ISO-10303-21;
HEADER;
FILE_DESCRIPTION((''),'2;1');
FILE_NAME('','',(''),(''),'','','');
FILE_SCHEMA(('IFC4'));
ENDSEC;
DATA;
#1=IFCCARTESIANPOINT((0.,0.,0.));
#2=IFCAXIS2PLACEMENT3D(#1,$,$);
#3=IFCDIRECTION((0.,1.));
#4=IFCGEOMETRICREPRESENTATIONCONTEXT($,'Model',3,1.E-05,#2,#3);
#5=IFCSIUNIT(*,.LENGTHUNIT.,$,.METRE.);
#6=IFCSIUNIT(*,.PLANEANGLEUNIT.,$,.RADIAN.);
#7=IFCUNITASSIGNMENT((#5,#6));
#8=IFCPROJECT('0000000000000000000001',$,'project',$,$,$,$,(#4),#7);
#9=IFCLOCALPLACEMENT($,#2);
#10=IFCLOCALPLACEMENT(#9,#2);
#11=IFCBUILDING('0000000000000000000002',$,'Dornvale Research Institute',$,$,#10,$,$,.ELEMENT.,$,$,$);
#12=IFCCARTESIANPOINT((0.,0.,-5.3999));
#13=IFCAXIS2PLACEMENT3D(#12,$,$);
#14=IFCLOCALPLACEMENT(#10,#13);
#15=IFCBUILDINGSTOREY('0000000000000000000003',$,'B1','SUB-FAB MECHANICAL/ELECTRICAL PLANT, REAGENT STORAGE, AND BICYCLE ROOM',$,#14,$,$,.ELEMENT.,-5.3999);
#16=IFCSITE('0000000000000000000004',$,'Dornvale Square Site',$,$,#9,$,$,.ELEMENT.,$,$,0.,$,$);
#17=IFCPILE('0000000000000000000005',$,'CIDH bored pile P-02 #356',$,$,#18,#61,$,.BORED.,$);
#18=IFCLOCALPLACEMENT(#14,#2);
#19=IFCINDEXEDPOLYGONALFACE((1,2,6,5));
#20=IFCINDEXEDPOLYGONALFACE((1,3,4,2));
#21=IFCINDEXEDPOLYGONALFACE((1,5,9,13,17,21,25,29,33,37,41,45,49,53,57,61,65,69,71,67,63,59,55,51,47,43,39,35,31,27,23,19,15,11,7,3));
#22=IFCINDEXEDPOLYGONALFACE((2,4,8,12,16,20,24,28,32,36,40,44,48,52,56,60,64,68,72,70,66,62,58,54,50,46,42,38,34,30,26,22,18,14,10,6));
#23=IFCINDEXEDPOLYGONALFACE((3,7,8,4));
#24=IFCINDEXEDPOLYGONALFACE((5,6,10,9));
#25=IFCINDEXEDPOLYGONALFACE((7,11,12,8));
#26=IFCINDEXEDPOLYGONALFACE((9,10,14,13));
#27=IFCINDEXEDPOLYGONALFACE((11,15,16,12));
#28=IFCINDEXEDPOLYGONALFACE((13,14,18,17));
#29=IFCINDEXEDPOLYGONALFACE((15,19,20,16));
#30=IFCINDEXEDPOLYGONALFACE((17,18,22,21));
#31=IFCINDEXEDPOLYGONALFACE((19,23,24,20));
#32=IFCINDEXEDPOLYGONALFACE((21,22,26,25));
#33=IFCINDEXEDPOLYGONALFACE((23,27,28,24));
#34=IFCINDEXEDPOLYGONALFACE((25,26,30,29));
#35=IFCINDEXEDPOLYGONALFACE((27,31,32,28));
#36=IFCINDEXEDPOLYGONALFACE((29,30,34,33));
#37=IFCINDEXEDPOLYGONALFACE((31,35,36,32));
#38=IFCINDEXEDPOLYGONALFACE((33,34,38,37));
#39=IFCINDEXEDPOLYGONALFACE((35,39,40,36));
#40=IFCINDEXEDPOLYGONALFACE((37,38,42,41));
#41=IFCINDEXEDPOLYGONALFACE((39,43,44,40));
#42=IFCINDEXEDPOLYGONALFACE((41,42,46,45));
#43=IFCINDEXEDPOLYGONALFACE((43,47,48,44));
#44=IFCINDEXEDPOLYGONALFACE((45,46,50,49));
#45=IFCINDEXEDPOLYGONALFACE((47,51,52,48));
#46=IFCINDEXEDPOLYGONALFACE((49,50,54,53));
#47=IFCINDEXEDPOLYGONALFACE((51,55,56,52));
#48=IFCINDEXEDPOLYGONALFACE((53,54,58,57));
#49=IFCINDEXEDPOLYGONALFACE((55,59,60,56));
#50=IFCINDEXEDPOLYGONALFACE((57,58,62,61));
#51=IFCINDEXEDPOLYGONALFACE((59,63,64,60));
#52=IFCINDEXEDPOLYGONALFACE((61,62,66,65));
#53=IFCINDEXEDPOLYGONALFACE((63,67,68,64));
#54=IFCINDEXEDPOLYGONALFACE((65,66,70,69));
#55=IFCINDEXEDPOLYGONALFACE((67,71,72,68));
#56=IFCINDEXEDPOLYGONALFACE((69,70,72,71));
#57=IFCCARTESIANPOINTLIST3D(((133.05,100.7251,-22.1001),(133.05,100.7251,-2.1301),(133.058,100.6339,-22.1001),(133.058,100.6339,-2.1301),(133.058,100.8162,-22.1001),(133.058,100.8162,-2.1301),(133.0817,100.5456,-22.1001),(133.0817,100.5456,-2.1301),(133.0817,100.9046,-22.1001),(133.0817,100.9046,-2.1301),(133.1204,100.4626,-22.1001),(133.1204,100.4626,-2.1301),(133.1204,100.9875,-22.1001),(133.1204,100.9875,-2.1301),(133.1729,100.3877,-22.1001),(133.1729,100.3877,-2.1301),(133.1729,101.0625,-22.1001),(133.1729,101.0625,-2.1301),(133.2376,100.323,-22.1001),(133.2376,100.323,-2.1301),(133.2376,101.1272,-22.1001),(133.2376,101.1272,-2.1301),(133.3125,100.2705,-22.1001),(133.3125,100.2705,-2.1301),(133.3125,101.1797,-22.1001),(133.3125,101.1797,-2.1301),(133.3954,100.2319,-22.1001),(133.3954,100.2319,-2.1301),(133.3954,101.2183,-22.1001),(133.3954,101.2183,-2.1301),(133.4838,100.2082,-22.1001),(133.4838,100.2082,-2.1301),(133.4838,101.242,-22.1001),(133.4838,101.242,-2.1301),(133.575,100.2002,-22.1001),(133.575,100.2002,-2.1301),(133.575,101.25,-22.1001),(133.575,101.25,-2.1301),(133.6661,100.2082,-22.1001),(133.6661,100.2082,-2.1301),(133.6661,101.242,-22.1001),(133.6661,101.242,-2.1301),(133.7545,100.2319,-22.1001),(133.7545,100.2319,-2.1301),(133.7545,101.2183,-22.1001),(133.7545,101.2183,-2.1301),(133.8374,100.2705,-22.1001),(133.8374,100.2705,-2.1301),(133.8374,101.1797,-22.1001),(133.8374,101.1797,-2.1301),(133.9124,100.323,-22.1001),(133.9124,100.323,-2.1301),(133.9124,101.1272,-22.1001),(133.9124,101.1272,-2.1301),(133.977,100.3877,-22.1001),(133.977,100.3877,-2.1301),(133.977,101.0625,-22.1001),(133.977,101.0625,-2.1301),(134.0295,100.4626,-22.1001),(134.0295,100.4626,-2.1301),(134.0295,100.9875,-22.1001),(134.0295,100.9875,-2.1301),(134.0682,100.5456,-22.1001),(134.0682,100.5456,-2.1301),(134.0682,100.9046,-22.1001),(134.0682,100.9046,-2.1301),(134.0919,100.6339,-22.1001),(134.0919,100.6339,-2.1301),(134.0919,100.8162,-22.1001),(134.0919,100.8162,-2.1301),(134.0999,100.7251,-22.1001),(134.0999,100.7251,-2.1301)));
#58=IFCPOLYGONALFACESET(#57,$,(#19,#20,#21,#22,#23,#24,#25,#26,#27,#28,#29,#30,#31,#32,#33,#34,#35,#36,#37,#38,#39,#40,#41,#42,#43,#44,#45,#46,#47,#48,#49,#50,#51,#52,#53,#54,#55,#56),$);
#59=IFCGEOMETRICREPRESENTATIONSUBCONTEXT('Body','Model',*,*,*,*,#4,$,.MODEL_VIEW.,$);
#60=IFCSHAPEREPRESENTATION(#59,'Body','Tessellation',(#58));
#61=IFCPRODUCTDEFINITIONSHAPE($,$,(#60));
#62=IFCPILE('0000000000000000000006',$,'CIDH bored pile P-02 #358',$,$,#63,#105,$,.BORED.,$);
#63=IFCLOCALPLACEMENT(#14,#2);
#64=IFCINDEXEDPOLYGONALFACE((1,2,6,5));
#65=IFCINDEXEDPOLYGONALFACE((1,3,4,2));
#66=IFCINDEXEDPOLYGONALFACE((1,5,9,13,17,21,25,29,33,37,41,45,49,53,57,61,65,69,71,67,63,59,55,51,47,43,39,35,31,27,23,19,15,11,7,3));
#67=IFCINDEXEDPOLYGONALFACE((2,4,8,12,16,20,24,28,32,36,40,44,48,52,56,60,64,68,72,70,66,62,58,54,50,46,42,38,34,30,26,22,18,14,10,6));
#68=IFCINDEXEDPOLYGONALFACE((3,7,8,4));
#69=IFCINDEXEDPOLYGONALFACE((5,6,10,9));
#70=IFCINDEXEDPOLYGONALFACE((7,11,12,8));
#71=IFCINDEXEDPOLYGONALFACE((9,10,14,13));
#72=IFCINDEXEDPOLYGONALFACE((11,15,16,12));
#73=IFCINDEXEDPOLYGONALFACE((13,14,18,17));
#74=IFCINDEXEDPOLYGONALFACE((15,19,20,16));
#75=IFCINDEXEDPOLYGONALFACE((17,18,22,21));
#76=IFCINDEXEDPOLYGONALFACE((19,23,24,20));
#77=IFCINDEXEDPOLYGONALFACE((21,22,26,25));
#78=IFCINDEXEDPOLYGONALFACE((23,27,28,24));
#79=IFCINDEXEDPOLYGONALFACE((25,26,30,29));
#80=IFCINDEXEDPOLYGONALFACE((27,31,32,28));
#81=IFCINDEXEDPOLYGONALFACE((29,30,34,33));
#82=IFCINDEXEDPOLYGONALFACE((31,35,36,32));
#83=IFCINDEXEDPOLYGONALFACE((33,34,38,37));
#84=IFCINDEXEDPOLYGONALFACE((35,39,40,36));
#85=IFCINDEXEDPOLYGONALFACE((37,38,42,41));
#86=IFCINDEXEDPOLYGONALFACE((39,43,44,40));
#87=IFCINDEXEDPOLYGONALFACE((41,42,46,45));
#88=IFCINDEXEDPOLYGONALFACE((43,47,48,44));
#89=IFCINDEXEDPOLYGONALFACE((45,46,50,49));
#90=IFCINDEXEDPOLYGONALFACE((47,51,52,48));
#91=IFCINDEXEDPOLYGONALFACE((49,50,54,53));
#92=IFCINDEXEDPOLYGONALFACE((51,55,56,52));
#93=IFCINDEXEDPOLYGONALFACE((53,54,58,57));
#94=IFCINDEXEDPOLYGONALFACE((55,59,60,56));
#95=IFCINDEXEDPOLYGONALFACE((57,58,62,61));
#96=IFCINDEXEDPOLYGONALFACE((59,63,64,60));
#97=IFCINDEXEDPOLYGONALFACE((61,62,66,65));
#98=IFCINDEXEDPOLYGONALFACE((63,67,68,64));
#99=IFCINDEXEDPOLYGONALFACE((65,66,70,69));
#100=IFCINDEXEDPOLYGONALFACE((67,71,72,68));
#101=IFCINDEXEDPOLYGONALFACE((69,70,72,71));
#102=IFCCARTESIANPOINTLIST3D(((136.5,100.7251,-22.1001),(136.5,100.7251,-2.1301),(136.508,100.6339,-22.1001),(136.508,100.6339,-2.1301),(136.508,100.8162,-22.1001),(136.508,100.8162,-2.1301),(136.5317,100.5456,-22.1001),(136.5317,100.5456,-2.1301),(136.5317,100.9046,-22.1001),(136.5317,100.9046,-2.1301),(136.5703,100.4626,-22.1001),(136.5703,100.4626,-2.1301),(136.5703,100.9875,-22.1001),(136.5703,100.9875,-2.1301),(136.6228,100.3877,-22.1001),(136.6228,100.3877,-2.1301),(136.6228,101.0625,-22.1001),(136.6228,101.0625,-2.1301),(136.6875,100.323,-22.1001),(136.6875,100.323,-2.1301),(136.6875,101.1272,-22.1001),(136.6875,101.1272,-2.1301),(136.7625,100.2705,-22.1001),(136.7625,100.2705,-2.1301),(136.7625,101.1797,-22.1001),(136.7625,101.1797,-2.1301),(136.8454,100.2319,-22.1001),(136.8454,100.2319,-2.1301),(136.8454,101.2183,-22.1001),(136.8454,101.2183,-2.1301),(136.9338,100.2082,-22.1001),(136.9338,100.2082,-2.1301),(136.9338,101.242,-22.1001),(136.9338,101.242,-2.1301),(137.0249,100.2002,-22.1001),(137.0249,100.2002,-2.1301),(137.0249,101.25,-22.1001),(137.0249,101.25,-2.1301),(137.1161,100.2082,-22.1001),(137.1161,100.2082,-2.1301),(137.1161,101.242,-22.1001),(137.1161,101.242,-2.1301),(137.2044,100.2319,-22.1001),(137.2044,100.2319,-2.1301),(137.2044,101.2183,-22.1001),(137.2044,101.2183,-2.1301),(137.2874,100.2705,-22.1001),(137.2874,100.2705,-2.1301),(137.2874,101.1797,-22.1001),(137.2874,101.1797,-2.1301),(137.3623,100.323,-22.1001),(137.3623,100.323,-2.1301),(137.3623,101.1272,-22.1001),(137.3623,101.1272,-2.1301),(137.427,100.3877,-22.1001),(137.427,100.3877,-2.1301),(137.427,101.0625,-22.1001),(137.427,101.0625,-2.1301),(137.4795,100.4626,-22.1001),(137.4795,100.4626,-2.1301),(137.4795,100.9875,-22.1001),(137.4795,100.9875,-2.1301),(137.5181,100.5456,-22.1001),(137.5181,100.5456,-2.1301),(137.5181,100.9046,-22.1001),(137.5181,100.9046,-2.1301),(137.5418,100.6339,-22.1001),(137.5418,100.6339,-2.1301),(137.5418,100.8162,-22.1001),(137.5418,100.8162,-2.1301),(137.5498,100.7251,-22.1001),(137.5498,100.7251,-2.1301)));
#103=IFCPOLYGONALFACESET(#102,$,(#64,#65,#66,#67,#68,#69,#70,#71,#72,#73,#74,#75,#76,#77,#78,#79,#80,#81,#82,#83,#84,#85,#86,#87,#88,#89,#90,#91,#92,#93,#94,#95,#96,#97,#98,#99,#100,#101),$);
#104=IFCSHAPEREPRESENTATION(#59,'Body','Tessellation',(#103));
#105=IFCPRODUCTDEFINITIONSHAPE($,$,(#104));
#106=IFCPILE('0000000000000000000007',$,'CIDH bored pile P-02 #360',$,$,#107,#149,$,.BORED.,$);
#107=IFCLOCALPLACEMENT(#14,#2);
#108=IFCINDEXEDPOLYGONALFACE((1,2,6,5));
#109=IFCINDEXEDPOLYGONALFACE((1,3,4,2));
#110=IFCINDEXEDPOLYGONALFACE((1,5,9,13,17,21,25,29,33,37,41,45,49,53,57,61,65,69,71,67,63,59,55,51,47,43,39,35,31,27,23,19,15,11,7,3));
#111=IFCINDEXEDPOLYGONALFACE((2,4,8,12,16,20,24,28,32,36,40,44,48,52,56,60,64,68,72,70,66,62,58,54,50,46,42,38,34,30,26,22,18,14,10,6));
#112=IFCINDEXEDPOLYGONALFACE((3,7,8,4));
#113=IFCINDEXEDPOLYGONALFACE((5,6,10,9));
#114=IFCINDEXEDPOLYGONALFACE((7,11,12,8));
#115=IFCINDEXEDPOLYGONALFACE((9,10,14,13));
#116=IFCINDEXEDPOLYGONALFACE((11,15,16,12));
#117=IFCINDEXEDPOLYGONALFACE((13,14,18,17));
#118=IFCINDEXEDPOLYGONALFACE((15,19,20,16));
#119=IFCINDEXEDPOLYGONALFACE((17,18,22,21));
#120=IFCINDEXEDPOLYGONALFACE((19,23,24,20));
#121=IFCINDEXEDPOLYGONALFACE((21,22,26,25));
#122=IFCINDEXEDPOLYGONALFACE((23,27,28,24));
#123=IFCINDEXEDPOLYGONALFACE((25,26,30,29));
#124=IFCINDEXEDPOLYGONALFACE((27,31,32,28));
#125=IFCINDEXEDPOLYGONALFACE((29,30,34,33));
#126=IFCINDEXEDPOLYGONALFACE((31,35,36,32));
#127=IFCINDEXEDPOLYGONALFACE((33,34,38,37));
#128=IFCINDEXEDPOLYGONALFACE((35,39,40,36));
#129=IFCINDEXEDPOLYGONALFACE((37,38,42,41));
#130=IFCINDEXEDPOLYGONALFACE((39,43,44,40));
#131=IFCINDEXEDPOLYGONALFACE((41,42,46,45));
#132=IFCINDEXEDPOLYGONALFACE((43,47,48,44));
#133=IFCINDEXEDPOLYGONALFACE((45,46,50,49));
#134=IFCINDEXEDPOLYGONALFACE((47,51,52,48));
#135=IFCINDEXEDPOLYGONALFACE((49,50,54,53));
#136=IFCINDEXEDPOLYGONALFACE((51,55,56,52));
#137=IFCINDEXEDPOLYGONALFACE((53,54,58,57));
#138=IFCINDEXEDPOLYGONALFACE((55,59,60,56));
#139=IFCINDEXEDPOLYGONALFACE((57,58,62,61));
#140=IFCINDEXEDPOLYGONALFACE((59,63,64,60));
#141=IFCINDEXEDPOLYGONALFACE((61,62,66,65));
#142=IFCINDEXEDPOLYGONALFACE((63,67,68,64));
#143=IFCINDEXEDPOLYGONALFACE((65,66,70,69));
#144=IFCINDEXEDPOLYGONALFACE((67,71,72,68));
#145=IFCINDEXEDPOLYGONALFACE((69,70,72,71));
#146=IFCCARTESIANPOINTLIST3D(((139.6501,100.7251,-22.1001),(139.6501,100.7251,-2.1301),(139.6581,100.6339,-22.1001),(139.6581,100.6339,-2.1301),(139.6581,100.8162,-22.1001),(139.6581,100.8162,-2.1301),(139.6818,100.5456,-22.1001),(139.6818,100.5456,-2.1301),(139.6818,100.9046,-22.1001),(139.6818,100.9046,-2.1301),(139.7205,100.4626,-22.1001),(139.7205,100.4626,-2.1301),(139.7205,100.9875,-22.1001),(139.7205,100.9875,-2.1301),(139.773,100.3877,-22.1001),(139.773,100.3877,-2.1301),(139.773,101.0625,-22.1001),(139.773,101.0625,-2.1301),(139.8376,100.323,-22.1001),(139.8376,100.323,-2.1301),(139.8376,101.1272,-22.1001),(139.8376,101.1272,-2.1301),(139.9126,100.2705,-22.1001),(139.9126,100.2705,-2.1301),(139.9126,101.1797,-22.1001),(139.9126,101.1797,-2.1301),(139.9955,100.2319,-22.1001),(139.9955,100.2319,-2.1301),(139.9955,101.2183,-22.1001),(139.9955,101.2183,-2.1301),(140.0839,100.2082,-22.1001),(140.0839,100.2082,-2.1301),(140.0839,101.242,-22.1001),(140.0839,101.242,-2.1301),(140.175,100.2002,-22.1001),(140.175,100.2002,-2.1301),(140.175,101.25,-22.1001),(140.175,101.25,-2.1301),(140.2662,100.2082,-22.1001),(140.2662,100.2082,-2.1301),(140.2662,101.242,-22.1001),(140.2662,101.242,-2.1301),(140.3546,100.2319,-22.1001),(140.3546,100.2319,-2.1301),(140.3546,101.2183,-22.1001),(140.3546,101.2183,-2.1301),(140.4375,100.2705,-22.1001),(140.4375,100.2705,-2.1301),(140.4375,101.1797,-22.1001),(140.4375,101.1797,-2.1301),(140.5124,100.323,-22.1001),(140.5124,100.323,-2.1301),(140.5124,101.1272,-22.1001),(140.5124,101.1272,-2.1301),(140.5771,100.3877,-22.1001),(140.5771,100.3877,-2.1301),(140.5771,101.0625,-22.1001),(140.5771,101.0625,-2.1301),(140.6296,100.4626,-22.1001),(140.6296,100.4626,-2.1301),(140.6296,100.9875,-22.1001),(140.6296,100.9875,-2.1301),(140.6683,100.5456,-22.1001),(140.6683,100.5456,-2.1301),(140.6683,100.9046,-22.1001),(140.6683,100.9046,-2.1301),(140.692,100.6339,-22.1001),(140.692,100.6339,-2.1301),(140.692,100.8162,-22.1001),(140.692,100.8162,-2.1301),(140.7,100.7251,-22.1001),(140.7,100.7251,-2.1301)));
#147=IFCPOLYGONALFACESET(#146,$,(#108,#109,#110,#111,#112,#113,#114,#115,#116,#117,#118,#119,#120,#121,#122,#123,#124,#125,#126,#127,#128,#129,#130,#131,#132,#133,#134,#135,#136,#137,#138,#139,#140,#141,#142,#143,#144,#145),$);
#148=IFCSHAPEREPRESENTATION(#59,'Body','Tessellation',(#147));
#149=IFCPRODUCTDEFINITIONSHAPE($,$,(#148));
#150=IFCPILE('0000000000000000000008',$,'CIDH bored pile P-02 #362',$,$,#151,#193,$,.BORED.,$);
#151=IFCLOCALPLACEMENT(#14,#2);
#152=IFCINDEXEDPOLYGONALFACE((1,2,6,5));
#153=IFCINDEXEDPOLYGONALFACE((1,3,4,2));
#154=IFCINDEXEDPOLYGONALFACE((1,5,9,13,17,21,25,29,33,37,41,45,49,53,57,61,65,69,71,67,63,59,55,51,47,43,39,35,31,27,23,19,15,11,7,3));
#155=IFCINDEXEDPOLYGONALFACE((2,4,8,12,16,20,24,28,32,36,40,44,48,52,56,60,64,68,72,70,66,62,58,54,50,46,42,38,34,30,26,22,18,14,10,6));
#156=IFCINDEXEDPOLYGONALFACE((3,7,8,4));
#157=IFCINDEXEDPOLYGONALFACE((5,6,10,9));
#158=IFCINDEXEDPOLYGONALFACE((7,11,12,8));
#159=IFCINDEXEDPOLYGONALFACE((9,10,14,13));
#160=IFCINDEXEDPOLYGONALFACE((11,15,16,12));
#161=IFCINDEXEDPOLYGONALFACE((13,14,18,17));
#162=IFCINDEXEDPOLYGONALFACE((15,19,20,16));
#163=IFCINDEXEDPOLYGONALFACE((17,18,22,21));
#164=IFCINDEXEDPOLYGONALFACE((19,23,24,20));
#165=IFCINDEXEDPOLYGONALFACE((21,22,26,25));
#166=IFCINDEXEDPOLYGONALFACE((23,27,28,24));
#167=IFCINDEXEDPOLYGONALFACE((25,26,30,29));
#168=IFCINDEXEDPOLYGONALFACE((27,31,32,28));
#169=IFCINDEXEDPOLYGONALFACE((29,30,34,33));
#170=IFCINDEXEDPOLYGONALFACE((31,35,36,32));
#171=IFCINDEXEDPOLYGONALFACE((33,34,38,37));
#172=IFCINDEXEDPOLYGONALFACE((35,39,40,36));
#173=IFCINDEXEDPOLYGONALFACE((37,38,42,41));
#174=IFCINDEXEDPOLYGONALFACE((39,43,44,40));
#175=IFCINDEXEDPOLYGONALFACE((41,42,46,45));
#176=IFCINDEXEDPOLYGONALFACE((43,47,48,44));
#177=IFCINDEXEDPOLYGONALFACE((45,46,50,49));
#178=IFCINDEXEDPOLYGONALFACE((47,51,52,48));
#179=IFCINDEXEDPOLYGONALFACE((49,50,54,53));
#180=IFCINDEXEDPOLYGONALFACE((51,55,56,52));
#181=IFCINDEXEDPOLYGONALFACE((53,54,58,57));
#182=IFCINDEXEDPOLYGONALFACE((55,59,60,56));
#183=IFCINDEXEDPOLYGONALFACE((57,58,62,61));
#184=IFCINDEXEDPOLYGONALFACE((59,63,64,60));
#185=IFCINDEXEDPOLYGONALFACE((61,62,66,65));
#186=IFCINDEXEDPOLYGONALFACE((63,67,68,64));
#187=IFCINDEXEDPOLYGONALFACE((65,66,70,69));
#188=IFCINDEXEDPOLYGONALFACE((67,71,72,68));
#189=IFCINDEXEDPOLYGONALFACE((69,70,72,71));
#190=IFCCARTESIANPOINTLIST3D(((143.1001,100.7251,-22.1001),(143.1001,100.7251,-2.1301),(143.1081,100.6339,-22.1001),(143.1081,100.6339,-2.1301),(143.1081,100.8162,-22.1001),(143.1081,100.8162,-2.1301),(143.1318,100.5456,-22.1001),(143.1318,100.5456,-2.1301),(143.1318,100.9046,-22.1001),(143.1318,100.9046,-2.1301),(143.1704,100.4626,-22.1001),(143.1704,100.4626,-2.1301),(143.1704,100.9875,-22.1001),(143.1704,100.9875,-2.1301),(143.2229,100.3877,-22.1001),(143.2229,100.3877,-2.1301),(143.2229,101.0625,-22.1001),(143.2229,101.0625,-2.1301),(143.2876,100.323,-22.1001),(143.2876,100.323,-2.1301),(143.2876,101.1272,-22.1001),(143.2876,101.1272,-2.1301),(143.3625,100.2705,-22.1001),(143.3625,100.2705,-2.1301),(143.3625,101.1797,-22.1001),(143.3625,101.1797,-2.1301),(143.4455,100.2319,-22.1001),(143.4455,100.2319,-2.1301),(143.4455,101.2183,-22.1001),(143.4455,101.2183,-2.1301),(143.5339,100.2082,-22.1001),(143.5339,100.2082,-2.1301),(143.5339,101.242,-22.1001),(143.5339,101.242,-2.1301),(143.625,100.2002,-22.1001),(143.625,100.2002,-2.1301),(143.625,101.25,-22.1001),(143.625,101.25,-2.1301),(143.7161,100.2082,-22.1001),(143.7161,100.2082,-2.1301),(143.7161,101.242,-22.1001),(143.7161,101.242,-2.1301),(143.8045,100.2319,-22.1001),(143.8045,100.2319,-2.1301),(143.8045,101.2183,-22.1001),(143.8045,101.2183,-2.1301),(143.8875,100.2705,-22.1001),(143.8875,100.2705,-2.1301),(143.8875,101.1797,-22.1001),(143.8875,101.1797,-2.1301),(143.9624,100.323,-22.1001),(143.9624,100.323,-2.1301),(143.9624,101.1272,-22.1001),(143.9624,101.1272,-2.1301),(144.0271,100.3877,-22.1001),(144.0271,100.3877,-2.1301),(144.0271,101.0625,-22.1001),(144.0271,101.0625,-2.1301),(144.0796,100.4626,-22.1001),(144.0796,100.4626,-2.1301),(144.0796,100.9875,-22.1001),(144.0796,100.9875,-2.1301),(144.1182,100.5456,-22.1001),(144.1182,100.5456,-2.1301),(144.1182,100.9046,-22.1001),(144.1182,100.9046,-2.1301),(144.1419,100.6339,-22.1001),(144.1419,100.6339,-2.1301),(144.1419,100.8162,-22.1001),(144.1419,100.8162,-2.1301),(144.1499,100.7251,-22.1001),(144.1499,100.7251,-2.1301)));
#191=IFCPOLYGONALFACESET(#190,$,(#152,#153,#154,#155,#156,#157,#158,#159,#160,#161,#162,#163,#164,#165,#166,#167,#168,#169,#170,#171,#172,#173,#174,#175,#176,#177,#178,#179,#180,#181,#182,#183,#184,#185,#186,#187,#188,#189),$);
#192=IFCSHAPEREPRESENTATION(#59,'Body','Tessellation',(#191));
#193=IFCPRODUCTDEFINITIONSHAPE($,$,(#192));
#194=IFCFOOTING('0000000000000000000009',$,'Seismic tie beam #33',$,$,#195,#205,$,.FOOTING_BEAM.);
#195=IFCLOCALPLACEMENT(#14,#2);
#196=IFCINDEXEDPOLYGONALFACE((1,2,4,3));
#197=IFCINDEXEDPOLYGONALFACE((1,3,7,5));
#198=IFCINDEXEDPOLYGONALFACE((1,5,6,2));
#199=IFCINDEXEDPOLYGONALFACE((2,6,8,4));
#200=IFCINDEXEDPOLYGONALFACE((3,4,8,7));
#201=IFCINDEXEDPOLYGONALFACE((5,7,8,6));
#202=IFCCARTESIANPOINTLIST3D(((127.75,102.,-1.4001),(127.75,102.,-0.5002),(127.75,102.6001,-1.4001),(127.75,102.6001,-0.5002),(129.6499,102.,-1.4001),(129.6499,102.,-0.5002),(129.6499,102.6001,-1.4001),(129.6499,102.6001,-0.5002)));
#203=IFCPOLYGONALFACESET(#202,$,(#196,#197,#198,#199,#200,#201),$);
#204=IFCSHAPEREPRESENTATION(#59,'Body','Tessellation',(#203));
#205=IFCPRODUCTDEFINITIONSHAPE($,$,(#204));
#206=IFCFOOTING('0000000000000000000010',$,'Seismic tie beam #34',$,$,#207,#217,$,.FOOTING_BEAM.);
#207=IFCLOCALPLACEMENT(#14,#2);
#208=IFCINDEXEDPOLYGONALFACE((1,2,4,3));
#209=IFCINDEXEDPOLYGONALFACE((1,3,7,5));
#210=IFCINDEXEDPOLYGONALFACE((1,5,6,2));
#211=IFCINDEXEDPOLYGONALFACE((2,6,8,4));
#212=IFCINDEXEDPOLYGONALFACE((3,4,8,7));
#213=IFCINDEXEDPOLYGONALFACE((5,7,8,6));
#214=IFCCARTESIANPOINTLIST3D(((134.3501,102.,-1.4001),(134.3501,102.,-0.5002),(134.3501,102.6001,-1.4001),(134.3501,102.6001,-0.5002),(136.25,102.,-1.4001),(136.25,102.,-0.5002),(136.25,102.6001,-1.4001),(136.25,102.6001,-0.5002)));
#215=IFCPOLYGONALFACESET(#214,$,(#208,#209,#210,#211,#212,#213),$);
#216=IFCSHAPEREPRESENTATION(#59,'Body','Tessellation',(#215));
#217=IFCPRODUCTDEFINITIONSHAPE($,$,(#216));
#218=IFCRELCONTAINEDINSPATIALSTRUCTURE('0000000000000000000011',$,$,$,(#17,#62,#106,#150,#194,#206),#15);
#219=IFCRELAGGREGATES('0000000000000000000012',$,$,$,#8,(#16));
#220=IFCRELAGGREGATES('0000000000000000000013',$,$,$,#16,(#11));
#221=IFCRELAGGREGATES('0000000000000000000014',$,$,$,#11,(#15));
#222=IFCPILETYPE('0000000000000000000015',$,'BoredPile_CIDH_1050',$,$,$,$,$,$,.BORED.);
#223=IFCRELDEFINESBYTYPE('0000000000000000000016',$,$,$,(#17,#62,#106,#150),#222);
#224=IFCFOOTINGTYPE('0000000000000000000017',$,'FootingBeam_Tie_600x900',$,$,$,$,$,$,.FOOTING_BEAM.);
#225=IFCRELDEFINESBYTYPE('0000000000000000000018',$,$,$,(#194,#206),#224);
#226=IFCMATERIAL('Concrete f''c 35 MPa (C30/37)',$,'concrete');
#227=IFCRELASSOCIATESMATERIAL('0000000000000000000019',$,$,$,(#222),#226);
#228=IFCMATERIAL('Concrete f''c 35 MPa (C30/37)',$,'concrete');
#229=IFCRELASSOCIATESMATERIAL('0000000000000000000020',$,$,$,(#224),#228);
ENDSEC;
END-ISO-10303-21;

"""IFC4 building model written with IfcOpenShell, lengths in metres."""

from ifc_helpers import new_model, si_unit, direction, frame, origin, origin_2d, place, context, subcontext, project, spatial, rectangle, circle, extrude, material, material_profile, profile_set, type_object, element, save


model = new_model("IFC4")

# Units and contexts
model_context = context("Model", 3, precision=1e-05, world=origin(), true_north=direction((0.0, 1.0)))
body_context = subcontext(model_context, "Body", "Model", "MODEL_VIEW")
ifc_project = project(units=[si_unit("LENGTHUNIT", "METRE"), si_unit("PLANEANGLEUNIT", "RADIAN")], contexts=[model_context])

# Site, building, storey
site_placement = place(None, origin())
site = spatial("IfcSite", under=ifc_project, at=site_placement, Name="Dornvale Square Site", CompositionType="ELEMENT", RefElevation=0.0)
building_placement = place(site_placement, origin())
building = spatial("IfcBuilding", under=site, at=building_placement, Name="Dornvale Research Institute", CompositionType="ELEMENT")
storey_placement = place(building_placement, frame((0.0, 0.0, -5.3999)))
storey = spatial("IfcBuildingStorey", under=building, at=storey_placement, Name="B1", Description="SUB-FAB MECHANICAL/ELECTRICAL PLANT, REAGENT STORAGE, AND BICYCLE ROOM", CompositionType="ELEMENT", Elevation=-5.3999)

# Piles
ifc_material_1 = material(Name="Concrete f'c 35 MPa (C30/37)", Category="concrete")
ifc_material_profile_1 = material_profile(ifc_material_1, circle(Radius=0.5249, at=origin_2d()), Name="CIDH PILE D1050")
ifc_profile_set_1 = profile_set([ifc_material_profile_1], Name="Concrete f'c 35 MPa (C30/37)")
pile_type = type_object("IfcPileType", Name="BoredPile_CIDH_1050", PredefinedType="BORED", material=ifc_profile_set_1)
for number, where, z_axis, x_axis, name in (
    (1, (133.575, 100.7251, -2.1301), (0.0, 0.0, -1.0), (1.0, 0.0, 0.0), "CIDH bored pile P-02 #356"),
    (2, (137.0249, 100.7251, -2.1301), (0.0, 0.0, -1.0), (1.0, 0.0, 0.0), "CIDH bored pile P-02 #358"),
    (3, (140.175, 100.7251, -2.1301), (0.0, 0.0, -1.0), (1.0, 0.0, 0.0), "CIDH bored pile P-02 #360"),
    (4, (143.625, 100.7251, -2.1301), (0.0, 0.0, -1.0), (1.0, 0.0, 0.0), "CIDH bored pile P-02 #362"),
):
    element("IfcPile", number, at=place(storey_placement, frame(where, z_axis=z_axis, x_axis=x_axis)), inside=storey, type_object=pile_type, Name=name, PredefinedType="BORED", context=body_context, shape_type="SweptSolid", body=[
        extrude(circle(Radius=0.5249, at=origin_2d()), origin(), (0.0, 0.0, 1.0), 19.97),
    ])

# Footings
ifc_material_2 = material(Name="Concrete f'c 35 MPa (C30/37)", Category="concrete")
footing_type_1 = type_object("IfcFootingType", Name="FootingBeam_Tie_600x900", PredefinedType="FOOTING_BEAM", material=ifc_material_2)
for number, where, z_axis, x_axis, name in (
    (5, (128.7, 102.3, -1.4001), (0.0, 0.0, 1.0), (1.0, 0.0, 0.0), "Seismic tie beam #33"),
    (6, (135.3, 102.3, -1.4001), (0.0, 0.0, 1.0), (1.0, 0.0, 0.0), "Seismic tie beam #34"),
):
    element("IfcFooting", number, at=place(storey_placement, frame(where, z_axis=z_axis, x_axis=x_axis)), inside=storey, type_object=footing_type_1, Name=name, PredefinedType="FOOTING_BEAM", context=body_context, shape_type="SweptSolid", body=[
        extrude(rectangle(XDim=1.8999, YDim=0.6001, at=origin_2d()), origin(), (0.0, 0.0, 1.0), 0.8999),
    ])

save(model, "model.ifc")
